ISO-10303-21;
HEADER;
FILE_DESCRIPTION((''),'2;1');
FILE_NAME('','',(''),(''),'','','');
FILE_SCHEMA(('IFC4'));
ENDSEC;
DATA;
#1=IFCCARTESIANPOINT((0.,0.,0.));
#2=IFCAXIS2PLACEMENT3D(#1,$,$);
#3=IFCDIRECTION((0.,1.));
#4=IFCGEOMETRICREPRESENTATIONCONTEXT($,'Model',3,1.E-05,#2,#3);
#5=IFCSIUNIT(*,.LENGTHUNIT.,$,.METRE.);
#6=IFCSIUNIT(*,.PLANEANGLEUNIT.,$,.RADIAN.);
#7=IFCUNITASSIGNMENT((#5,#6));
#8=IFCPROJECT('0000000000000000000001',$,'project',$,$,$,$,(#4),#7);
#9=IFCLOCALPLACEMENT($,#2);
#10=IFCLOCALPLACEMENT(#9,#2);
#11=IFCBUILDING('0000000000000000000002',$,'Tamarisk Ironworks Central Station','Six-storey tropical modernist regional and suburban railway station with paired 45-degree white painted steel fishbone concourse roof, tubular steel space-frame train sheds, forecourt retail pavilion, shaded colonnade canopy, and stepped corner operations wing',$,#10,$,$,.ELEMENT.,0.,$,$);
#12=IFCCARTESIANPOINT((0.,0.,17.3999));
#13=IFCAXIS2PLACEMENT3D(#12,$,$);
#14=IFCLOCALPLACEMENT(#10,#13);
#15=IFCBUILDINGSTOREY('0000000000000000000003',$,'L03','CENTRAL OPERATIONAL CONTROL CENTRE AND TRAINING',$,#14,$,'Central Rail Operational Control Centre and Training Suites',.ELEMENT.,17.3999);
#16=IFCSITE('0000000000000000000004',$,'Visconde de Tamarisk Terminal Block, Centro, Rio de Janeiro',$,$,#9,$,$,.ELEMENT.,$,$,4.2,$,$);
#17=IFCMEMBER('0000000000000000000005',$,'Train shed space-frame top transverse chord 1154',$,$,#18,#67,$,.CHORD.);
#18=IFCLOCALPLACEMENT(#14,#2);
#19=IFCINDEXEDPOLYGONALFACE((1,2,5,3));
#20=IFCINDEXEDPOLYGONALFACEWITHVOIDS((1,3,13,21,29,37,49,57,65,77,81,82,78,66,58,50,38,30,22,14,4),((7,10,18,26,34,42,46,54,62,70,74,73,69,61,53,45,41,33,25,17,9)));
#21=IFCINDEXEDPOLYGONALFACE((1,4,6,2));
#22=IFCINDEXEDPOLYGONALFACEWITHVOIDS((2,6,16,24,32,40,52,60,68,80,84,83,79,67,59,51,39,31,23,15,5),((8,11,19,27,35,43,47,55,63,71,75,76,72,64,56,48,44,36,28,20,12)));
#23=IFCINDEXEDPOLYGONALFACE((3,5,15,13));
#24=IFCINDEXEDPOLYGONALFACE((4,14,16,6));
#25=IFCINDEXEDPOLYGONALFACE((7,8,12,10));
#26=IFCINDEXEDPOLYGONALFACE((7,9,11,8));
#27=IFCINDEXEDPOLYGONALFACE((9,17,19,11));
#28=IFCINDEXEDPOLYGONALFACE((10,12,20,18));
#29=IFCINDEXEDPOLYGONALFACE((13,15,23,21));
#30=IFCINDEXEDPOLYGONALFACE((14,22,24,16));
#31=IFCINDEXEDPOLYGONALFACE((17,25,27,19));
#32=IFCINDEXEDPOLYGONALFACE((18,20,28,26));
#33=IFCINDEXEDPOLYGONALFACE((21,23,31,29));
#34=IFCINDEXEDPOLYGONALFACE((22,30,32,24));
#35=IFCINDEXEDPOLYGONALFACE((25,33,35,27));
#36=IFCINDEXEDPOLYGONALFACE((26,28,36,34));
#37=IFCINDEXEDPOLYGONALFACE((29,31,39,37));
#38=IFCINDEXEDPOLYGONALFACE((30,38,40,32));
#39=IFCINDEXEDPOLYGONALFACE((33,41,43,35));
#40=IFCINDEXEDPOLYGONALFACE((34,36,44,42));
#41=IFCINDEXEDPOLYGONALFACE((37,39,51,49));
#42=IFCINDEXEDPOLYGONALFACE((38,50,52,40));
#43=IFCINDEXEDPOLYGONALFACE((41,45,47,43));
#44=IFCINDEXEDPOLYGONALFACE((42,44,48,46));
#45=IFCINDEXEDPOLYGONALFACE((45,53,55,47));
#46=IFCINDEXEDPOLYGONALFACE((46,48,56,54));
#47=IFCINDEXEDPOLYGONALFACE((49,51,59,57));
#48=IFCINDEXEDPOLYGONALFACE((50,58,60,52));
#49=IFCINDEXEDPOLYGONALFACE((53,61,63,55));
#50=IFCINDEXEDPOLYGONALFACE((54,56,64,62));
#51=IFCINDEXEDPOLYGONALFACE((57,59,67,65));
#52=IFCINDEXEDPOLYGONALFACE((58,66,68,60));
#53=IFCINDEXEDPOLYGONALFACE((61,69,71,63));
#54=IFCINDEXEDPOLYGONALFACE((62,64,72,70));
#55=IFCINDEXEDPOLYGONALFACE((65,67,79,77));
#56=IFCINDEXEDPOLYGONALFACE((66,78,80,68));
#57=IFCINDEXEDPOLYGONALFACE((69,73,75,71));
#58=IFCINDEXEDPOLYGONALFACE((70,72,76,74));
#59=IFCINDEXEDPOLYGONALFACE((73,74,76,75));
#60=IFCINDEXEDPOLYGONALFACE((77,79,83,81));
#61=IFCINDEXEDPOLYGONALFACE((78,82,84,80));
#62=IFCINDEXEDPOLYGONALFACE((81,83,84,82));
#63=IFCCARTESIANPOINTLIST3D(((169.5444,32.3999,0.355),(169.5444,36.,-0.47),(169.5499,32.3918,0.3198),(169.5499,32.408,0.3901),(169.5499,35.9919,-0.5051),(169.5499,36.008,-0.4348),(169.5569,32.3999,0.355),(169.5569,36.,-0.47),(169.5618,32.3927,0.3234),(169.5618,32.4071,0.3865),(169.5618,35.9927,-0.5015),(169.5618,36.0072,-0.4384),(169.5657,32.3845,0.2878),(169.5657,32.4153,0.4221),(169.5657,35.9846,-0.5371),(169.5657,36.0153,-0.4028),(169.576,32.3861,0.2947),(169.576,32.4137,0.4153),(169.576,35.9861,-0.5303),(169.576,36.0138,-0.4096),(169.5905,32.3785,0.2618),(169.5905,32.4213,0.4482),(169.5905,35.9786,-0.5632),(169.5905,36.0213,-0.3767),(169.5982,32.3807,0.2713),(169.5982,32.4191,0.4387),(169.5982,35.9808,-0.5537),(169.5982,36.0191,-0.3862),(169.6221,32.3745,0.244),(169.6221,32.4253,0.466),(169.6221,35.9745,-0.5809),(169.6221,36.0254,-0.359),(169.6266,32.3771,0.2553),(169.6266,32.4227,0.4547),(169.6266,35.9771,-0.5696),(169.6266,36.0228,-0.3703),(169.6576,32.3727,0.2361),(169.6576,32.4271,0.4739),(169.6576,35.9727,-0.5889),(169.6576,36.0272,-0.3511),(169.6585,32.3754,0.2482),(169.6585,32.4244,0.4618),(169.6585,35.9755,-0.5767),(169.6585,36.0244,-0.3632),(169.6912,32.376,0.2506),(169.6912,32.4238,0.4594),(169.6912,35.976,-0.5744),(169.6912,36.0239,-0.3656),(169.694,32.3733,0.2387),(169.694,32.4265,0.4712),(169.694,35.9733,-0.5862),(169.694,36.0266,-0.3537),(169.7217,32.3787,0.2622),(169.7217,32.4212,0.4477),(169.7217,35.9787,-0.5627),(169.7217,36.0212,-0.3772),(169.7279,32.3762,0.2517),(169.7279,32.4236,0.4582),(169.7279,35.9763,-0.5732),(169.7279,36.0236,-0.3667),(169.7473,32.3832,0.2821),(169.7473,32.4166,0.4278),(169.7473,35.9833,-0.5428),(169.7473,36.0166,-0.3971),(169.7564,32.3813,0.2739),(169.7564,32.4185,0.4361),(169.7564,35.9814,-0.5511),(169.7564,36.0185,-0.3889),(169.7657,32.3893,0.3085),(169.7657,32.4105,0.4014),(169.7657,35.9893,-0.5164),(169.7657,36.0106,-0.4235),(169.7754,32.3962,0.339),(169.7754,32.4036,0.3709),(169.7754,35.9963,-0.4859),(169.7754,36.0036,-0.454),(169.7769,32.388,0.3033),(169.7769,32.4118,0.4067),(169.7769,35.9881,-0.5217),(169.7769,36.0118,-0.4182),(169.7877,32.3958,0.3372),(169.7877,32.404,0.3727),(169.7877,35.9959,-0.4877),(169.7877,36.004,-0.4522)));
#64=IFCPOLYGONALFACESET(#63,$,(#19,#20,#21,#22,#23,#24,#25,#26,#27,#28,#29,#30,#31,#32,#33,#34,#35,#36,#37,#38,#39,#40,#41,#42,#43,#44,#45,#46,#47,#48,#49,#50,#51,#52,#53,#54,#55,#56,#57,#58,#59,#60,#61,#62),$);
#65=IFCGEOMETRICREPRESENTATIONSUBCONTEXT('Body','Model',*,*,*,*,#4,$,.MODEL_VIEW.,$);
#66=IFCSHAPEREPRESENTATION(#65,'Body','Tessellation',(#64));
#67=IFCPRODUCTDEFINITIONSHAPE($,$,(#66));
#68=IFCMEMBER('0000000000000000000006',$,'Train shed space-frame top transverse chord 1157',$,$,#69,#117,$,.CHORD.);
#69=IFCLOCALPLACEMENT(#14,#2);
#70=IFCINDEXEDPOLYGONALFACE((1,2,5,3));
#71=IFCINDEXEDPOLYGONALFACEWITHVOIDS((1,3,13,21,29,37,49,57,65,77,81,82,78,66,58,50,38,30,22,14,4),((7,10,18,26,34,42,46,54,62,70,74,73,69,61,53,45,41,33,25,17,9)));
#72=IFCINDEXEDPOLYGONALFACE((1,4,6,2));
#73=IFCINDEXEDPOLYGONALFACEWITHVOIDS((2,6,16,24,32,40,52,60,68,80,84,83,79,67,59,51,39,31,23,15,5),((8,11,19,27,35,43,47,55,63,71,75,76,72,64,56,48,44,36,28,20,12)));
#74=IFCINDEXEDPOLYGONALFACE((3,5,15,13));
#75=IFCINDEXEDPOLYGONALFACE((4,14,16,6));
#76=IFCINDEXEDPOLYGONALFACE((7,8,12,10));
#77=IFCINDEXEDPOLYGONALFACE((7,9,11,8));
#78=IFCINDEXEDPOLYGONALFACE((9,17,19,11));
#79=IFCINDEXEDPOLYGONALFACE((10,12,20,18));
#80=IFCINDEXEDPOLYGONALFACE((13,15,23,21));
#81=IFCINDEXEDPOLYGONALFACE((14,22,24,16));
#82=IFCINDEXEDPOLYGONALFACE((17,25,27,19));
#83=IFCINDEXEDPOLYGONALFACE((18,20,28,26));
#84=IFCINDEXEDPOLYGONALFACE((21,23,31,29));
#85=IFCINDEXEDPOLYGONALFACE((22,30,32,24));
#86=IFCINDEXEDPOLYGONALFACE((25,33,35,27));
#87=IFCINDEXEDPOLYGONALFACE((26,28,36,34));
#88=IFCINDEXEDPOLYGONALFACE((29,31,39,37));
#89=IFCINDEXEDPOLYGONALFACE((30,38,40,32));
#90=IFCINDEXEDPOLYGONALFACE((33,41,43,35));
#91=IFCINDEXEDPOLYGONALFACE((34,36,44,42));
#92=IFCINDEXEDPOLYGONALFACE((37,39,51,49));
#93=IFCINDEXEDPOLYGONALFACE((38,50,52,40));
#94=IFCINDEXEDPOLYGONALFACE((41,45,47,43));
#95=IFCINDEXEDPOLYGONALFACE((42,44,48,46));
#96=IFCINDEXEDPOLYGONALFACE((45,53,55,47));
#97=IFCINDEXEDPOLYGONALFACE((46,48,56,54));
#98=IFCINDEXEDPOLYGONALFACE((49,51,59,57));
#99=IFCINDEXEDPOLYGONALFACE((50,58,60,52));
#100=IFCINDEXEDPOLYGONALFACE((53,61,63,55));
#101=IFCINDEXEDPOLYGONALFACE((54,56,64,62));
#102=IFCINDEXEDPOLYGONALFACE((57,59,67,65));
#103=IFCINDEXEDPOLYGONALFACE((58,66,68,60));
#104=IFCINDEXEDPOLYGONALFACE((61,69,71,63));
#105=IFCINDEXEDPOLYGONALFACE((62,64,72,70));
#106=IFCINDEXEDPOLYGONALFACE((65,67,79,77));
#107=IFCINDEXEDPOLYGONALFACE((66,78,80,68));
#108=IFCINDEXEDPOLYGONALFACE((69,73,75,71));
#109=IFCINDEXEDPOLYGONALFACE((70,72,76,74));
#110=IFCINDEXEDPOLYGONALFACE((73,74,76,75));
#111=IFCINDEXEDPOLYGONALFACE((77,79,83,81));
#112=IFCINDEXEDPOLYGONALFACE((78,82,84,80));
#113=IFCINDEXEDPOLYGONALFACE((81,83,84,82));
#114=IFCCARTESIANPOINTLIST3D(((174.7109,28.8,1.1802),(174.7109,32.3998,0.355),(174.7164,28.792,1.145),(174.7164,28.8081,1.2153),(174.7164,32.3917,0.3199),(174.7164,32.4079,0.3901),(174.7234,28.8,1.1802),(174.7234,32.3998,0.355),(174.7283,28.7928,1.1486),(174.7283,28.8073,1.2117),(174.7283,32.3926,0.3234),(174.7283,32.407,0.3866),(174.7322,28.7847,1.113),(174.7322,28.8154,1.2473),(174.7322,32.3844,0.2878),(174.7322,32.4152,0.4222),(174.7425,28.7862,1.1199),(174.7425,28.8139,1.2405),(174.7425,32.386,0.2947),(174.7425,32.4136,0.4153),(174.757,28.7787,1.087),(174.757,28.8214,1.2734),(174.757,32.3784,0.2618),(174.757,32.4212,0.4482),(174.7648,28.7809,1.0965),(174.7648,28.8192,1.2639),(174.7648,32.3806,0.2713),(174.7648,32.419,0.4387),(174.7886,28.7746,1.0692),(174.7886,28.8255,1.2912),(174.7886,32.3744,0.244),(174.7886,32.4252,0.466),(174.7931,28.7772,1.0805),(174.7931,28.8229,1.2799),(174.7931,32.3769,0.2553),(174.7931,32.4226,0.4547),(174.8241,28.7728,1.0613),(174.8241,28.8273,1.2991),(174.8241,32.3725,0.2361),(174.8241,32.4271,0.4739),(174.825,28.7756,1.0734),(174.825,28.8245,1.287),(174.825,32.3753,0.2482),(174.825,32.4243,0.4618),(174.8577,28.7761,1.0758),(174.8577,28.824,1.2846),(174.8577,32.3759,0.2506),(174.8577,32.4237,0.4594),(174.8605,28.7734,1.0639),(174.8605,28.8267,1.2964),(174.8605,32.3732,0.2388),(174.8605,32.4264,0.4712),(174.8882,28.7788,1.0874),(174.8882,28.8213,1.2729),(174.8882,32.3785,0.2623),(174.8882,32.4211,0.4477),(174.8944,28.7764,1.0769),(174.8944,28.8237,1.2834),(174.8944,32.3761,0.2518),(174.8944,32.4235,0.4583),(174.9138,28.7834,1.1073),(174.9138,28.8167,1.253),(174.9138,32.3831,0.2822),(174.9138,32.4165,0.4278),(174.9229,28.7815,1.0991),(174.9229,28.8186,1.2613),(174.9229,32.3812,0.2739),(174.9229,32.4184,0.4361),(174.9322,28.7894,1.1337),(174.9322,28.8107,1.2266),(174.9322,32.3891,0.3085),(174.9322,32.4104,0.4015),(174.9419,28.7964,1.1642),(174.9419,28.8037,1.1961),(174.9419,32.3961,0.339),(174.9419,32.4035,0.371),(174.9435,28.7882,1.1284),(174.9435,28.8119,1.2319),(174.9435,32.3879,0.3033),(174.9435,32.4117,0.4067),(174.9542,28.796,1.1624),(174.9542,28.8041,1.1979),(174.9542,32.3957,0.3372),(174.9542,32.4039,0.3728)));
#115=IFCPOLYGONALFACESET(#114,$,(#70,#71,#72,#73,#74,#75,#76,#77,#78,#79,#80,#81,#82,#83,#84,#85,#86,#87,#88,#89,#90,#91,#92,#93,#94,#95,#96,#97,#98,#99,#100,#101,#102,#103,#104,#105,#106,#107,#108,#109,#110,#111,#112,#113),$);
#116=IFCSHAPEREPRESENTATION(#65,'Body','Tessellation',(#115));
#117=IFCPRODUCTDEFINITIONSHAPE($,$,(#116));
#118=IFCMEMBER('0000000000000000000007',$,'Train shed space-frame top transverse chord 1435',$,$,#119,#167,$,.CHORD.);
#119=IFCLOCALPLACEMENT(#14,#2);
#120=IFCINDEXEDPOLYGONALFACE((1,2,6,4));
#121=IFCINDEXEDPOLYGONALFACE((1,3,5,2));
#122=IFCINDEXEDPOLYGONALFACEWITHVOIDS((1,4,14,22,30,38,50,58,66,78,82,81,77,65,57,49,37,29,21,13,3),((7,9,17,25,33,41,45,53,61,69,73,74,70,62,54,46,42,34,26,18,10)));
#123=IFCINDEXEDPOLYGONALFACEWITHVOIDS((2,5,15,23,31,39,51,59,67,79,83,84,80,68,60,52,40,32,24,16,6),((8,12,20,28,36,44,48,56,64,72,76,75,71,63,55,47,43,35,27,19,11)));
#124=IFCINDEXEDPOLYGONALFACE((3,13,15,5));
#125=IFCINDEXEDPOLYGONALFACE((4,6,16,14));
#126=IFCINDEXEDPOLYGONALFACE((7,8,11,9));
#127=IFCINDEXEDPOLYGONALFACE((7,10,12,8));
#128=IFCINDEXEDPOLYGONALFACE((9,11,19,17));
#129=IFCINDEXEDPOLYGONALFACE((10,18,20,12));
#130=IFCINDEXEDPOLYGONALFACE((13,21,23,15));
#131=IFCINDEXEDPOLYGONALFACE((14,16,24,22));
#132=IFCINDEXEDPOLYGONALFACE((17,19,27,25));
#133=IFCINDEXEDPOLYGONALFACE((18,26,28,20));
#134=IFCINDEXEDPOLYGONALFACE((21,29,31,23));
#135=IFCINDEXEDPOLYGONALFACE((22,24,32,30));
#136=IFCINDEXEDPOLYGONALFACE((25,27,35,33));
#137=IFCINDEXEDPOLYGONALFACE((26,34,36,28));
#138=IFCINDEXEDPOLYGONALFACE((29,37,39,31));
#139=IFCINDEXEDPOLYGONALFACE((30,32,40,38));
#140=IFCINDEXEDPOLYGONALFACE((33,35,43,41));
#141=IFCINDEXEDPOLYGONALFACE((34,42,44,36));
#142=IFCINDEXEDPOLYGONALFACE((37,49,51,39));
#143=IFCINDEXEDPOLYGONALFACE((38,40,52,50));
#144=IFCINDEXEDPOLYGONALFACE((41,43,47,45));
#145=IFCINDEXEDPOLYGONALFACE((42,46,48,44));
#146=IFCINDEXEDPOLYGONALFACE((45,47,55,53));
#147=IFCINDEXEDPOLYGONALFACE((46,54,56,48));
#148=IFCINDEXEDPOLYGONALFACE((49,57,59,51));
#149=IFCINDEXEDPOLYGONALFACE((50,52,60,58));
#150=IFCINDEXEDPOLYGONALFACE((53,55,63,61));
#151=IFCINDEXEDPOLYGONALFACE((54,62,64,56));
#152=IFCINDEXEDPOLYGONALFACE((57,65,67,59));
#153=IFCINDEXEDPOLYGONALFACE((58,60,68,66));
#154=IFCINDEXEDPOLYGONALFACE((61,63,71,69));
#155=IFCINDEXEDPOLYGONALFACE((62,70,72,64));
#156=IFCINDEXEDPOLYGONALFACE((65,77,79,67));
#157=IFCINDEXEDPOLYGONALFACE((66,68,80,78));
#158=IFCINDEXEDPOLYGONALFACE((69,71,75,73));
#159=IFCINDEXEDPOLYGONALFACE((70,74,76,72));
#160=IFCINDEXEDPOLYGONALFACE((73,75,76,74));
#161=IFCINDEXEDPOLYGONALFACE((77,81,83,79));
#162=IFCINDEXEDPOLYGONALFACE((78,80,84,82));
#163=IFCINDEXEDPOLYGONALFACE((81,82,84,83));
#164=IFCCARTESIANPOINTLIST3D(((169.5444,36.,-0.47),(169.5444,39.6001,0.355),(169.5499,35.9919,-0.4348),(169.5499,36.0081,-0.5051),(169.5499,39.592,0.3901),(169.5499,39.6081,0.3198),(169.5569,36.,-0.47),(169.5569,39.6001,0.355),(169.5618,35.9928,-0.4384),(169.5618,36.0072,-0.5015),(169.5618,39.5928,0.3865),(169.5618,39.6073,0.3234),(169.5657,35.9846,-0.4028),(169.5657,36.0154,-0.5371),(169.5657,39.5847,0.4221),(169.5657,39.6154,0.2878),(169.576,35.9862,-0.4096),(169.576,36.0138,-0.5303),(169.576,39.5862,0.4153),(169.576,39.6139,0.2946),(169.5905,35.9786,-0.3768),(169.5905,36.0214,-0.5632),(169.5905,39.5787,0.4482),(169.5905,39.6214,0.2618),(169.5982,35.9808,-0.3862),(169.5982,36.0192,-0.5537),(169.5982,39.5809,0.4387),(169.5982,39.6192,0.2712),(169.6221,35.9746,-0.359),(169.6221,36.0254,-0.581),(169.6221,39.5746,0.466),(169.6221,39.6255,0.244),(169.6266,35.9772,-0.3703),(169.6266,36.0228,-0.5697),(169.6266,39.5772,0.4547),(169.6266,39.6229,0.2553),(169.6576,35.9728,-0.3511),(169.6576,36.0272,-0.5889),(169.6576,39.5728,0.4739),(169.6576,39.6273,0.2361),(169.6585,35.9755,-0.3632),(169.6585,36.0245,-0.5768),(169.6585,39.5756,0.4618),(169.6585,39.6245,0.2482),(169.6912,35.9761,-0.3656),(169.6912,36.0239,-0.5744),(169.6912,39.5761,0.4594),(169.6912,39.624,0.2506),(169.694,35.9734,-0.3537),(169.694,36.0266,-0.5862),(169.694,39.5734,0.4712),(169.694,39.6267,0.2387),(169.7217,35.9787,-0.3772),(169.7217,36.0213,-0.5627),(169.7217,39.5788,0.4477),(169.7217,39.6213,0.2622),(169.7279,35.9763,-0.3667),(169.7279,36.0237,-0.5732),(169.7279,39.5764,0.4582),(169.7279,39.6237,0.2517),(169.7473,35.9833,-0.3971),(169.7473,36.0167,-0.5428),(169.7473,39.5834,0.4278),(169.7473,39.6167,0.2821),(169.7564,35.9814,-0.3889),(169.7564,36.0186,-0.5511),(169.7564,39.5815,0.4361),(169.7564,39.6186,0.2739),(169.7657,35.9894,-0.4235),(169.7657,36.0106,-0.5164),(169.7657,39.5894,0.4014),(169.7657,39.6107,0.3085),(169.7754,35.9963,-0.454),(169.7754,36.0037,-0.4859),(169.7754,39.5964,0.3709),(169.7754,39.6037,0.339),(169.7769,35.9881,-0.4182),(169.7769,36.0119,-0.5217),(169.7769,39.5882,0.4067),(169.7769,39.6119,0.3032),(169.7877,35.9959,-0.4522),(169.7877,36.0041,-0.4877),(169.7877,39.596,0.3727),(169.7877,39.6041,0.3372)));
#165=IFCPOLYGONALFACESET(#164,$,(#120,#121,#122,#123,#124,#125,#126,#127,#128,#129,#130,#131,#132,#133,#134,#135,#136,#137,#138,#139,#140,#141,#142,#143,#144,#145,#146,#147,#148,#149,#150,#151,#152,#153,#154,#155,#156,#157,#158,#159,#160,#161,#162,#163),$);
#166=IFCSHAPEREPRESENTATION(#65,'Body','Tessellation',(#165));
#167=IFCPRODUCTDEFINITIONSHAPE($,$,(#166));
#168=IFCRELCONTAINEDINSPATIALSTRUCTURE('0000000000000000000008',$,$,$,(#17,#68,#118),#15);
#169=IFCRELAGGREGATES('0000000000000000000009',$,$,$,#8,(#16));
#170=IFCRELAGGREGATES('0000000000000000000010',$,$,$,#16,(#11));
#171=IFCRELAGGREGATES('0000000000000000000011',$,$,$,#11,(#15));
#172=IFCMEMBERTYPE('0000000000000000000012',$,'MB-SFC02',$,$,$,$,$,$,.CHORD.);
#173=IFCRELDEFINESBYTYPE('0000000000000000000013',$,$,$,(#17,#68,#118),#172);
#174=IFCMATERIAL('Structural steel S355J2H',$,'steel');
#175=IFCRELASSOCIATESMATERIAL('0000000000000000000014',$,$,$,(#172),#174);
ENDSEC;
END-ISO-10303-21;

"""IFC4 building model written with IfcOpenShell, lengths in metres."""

from ifc_helpers import new_model, si_unit, direction, frame, origin, origin_2d, place, context, subcontext, project, spatial, hollow_circle, extrude, material, material_profile, profile_set, type_object, element, save


model = new_model("IFC4")

# Units and contexts
model_context = context("Model", 3, precision=1e-05, world=origin(), true_north=direction((0.0, 1.0)))
body_context = subcontext(model_context, "Body", "Model", "MODEL_VIEW")
ifc_project = project(units=[si_unit("LENGTHUNIT", "METRE"), si_unit("PLANEANGLEUNIT", "RADIAN")], contexts=[model_context])

# Site, building, storey
site_placement = place(None, origin())
site = spatial("IfcSite", under=ifc_project, at=site_placement, Name="Visconde de Tamarisk Terminal Block, Centro, Rio de Janeiro", CompositionType="ELEMENT", RefElevation=4.2)
building_placement = place(site_placement, origin())
building = spatial("IfcBuilding", under=site, at=building_placement, Name="Tamarisk Ironworks Central Station", Description="Six-storey tropical modernist regional and suburban railway station with paired 45-degree white painted steel fishbone concourse roof, tubular steel space-frame train sheds, forecourt retail pavilion, shaded colonnade canopy, and stepped corner operations wing", CompositionType="ELEMENT", ElevationOfRefHeight=0.0)
storey_placement = place(building_placement, frame((0.0, 0.0, 17.3999)))
storey = spatial("IfcBuildingStorey", under=building, at=storey_placement, Name="L03", Description="CENTRAL OPERATIONAL CONTROL CENTRE AND TRAINING", LongName="Central Rail Operational Control Centre and Training Suites", CompositionType="ELEMENT", Elevation=17.3999)

# Members
ifc_material = material(Name="Structural steel S355J2H", Category="steel")
ifc_material_profile_1 = material_profile(ifc_material, hollow_circle(Radius=0.1223, WallThickness=0.0125, at=origin_2d()), Name="CHS 244.5x12.5")
ifc_profile_set_1 = profile_set([ifc_material_profile_1], Name="Structural steel S355J2H")
member_type_1 = type_object("IfcMemberType", Name="MB-SFC02", PredefinedType="CHORD", material=ifc_profile_set_1)
member_1_placement = place(storey_placement, frame((169.6667, 32.3999, 0.355), z_axis=(0.0, 0.974737, -0.223358), x_axis=(-1.0, 0.0, 0.0)))
element("IfcMember", 1, at=member_1_placement, inside=storey, type_object=member_type_1, Name="Train shed space-frame top transverse chord 1154", PredefinedType="CHORD", context=body_context, shape_type="SweptSolid", body=[
    extrude(hollow_circle(Radius=0.1223, WallThickness=0.0125, at=origin_2d()), origin(), (0.0, 0.0, 1.0), 3.6934),
])
member_2_placement = place(storey_placement, frame((174.8333, 28.8, 1.1802), z_axis=(0.0, 0.974719, -0.223435), x_axis=(-1.0, 0.0, 0.0)))
element("IfcMember", 2, at=member_2_placement, inside=storey, type_object=member_type_1, Name="Train shed space-frame top transverse chord 1157", PredefinedType="CHORD", context=body_context, shape_type="SweptSolid", body=[
    extrude(hollow_circle(Radius=0.1223, WallThickness=0.0125, at=origin_2d()), origin(), (0.0, 0.0, 1.0), 3.6931),
])
member_3_placement = place(storey_placement, frame((169.6667, 36.0, -0.47), z_axis=(0.0, 0.974737, 0.223358), x_axis=(-1.0, 0.0, 0.0)))
element("IfcMember", 3, at=member_3_placement, inside=storey, type_object=member_type_1, Name="Train shed space-frame top transverse chord 1435", PredefinedType="CHORD", context=body_context, shape_type="SweptSolid", body=[
    extrude(hollow_circle(Radius=0.1223, WallThickness=0.0125, at=origin_2d()), origin(), (0.0, 0.0, 1.0), 3.6934),
])

save(model, "model.ifc")
